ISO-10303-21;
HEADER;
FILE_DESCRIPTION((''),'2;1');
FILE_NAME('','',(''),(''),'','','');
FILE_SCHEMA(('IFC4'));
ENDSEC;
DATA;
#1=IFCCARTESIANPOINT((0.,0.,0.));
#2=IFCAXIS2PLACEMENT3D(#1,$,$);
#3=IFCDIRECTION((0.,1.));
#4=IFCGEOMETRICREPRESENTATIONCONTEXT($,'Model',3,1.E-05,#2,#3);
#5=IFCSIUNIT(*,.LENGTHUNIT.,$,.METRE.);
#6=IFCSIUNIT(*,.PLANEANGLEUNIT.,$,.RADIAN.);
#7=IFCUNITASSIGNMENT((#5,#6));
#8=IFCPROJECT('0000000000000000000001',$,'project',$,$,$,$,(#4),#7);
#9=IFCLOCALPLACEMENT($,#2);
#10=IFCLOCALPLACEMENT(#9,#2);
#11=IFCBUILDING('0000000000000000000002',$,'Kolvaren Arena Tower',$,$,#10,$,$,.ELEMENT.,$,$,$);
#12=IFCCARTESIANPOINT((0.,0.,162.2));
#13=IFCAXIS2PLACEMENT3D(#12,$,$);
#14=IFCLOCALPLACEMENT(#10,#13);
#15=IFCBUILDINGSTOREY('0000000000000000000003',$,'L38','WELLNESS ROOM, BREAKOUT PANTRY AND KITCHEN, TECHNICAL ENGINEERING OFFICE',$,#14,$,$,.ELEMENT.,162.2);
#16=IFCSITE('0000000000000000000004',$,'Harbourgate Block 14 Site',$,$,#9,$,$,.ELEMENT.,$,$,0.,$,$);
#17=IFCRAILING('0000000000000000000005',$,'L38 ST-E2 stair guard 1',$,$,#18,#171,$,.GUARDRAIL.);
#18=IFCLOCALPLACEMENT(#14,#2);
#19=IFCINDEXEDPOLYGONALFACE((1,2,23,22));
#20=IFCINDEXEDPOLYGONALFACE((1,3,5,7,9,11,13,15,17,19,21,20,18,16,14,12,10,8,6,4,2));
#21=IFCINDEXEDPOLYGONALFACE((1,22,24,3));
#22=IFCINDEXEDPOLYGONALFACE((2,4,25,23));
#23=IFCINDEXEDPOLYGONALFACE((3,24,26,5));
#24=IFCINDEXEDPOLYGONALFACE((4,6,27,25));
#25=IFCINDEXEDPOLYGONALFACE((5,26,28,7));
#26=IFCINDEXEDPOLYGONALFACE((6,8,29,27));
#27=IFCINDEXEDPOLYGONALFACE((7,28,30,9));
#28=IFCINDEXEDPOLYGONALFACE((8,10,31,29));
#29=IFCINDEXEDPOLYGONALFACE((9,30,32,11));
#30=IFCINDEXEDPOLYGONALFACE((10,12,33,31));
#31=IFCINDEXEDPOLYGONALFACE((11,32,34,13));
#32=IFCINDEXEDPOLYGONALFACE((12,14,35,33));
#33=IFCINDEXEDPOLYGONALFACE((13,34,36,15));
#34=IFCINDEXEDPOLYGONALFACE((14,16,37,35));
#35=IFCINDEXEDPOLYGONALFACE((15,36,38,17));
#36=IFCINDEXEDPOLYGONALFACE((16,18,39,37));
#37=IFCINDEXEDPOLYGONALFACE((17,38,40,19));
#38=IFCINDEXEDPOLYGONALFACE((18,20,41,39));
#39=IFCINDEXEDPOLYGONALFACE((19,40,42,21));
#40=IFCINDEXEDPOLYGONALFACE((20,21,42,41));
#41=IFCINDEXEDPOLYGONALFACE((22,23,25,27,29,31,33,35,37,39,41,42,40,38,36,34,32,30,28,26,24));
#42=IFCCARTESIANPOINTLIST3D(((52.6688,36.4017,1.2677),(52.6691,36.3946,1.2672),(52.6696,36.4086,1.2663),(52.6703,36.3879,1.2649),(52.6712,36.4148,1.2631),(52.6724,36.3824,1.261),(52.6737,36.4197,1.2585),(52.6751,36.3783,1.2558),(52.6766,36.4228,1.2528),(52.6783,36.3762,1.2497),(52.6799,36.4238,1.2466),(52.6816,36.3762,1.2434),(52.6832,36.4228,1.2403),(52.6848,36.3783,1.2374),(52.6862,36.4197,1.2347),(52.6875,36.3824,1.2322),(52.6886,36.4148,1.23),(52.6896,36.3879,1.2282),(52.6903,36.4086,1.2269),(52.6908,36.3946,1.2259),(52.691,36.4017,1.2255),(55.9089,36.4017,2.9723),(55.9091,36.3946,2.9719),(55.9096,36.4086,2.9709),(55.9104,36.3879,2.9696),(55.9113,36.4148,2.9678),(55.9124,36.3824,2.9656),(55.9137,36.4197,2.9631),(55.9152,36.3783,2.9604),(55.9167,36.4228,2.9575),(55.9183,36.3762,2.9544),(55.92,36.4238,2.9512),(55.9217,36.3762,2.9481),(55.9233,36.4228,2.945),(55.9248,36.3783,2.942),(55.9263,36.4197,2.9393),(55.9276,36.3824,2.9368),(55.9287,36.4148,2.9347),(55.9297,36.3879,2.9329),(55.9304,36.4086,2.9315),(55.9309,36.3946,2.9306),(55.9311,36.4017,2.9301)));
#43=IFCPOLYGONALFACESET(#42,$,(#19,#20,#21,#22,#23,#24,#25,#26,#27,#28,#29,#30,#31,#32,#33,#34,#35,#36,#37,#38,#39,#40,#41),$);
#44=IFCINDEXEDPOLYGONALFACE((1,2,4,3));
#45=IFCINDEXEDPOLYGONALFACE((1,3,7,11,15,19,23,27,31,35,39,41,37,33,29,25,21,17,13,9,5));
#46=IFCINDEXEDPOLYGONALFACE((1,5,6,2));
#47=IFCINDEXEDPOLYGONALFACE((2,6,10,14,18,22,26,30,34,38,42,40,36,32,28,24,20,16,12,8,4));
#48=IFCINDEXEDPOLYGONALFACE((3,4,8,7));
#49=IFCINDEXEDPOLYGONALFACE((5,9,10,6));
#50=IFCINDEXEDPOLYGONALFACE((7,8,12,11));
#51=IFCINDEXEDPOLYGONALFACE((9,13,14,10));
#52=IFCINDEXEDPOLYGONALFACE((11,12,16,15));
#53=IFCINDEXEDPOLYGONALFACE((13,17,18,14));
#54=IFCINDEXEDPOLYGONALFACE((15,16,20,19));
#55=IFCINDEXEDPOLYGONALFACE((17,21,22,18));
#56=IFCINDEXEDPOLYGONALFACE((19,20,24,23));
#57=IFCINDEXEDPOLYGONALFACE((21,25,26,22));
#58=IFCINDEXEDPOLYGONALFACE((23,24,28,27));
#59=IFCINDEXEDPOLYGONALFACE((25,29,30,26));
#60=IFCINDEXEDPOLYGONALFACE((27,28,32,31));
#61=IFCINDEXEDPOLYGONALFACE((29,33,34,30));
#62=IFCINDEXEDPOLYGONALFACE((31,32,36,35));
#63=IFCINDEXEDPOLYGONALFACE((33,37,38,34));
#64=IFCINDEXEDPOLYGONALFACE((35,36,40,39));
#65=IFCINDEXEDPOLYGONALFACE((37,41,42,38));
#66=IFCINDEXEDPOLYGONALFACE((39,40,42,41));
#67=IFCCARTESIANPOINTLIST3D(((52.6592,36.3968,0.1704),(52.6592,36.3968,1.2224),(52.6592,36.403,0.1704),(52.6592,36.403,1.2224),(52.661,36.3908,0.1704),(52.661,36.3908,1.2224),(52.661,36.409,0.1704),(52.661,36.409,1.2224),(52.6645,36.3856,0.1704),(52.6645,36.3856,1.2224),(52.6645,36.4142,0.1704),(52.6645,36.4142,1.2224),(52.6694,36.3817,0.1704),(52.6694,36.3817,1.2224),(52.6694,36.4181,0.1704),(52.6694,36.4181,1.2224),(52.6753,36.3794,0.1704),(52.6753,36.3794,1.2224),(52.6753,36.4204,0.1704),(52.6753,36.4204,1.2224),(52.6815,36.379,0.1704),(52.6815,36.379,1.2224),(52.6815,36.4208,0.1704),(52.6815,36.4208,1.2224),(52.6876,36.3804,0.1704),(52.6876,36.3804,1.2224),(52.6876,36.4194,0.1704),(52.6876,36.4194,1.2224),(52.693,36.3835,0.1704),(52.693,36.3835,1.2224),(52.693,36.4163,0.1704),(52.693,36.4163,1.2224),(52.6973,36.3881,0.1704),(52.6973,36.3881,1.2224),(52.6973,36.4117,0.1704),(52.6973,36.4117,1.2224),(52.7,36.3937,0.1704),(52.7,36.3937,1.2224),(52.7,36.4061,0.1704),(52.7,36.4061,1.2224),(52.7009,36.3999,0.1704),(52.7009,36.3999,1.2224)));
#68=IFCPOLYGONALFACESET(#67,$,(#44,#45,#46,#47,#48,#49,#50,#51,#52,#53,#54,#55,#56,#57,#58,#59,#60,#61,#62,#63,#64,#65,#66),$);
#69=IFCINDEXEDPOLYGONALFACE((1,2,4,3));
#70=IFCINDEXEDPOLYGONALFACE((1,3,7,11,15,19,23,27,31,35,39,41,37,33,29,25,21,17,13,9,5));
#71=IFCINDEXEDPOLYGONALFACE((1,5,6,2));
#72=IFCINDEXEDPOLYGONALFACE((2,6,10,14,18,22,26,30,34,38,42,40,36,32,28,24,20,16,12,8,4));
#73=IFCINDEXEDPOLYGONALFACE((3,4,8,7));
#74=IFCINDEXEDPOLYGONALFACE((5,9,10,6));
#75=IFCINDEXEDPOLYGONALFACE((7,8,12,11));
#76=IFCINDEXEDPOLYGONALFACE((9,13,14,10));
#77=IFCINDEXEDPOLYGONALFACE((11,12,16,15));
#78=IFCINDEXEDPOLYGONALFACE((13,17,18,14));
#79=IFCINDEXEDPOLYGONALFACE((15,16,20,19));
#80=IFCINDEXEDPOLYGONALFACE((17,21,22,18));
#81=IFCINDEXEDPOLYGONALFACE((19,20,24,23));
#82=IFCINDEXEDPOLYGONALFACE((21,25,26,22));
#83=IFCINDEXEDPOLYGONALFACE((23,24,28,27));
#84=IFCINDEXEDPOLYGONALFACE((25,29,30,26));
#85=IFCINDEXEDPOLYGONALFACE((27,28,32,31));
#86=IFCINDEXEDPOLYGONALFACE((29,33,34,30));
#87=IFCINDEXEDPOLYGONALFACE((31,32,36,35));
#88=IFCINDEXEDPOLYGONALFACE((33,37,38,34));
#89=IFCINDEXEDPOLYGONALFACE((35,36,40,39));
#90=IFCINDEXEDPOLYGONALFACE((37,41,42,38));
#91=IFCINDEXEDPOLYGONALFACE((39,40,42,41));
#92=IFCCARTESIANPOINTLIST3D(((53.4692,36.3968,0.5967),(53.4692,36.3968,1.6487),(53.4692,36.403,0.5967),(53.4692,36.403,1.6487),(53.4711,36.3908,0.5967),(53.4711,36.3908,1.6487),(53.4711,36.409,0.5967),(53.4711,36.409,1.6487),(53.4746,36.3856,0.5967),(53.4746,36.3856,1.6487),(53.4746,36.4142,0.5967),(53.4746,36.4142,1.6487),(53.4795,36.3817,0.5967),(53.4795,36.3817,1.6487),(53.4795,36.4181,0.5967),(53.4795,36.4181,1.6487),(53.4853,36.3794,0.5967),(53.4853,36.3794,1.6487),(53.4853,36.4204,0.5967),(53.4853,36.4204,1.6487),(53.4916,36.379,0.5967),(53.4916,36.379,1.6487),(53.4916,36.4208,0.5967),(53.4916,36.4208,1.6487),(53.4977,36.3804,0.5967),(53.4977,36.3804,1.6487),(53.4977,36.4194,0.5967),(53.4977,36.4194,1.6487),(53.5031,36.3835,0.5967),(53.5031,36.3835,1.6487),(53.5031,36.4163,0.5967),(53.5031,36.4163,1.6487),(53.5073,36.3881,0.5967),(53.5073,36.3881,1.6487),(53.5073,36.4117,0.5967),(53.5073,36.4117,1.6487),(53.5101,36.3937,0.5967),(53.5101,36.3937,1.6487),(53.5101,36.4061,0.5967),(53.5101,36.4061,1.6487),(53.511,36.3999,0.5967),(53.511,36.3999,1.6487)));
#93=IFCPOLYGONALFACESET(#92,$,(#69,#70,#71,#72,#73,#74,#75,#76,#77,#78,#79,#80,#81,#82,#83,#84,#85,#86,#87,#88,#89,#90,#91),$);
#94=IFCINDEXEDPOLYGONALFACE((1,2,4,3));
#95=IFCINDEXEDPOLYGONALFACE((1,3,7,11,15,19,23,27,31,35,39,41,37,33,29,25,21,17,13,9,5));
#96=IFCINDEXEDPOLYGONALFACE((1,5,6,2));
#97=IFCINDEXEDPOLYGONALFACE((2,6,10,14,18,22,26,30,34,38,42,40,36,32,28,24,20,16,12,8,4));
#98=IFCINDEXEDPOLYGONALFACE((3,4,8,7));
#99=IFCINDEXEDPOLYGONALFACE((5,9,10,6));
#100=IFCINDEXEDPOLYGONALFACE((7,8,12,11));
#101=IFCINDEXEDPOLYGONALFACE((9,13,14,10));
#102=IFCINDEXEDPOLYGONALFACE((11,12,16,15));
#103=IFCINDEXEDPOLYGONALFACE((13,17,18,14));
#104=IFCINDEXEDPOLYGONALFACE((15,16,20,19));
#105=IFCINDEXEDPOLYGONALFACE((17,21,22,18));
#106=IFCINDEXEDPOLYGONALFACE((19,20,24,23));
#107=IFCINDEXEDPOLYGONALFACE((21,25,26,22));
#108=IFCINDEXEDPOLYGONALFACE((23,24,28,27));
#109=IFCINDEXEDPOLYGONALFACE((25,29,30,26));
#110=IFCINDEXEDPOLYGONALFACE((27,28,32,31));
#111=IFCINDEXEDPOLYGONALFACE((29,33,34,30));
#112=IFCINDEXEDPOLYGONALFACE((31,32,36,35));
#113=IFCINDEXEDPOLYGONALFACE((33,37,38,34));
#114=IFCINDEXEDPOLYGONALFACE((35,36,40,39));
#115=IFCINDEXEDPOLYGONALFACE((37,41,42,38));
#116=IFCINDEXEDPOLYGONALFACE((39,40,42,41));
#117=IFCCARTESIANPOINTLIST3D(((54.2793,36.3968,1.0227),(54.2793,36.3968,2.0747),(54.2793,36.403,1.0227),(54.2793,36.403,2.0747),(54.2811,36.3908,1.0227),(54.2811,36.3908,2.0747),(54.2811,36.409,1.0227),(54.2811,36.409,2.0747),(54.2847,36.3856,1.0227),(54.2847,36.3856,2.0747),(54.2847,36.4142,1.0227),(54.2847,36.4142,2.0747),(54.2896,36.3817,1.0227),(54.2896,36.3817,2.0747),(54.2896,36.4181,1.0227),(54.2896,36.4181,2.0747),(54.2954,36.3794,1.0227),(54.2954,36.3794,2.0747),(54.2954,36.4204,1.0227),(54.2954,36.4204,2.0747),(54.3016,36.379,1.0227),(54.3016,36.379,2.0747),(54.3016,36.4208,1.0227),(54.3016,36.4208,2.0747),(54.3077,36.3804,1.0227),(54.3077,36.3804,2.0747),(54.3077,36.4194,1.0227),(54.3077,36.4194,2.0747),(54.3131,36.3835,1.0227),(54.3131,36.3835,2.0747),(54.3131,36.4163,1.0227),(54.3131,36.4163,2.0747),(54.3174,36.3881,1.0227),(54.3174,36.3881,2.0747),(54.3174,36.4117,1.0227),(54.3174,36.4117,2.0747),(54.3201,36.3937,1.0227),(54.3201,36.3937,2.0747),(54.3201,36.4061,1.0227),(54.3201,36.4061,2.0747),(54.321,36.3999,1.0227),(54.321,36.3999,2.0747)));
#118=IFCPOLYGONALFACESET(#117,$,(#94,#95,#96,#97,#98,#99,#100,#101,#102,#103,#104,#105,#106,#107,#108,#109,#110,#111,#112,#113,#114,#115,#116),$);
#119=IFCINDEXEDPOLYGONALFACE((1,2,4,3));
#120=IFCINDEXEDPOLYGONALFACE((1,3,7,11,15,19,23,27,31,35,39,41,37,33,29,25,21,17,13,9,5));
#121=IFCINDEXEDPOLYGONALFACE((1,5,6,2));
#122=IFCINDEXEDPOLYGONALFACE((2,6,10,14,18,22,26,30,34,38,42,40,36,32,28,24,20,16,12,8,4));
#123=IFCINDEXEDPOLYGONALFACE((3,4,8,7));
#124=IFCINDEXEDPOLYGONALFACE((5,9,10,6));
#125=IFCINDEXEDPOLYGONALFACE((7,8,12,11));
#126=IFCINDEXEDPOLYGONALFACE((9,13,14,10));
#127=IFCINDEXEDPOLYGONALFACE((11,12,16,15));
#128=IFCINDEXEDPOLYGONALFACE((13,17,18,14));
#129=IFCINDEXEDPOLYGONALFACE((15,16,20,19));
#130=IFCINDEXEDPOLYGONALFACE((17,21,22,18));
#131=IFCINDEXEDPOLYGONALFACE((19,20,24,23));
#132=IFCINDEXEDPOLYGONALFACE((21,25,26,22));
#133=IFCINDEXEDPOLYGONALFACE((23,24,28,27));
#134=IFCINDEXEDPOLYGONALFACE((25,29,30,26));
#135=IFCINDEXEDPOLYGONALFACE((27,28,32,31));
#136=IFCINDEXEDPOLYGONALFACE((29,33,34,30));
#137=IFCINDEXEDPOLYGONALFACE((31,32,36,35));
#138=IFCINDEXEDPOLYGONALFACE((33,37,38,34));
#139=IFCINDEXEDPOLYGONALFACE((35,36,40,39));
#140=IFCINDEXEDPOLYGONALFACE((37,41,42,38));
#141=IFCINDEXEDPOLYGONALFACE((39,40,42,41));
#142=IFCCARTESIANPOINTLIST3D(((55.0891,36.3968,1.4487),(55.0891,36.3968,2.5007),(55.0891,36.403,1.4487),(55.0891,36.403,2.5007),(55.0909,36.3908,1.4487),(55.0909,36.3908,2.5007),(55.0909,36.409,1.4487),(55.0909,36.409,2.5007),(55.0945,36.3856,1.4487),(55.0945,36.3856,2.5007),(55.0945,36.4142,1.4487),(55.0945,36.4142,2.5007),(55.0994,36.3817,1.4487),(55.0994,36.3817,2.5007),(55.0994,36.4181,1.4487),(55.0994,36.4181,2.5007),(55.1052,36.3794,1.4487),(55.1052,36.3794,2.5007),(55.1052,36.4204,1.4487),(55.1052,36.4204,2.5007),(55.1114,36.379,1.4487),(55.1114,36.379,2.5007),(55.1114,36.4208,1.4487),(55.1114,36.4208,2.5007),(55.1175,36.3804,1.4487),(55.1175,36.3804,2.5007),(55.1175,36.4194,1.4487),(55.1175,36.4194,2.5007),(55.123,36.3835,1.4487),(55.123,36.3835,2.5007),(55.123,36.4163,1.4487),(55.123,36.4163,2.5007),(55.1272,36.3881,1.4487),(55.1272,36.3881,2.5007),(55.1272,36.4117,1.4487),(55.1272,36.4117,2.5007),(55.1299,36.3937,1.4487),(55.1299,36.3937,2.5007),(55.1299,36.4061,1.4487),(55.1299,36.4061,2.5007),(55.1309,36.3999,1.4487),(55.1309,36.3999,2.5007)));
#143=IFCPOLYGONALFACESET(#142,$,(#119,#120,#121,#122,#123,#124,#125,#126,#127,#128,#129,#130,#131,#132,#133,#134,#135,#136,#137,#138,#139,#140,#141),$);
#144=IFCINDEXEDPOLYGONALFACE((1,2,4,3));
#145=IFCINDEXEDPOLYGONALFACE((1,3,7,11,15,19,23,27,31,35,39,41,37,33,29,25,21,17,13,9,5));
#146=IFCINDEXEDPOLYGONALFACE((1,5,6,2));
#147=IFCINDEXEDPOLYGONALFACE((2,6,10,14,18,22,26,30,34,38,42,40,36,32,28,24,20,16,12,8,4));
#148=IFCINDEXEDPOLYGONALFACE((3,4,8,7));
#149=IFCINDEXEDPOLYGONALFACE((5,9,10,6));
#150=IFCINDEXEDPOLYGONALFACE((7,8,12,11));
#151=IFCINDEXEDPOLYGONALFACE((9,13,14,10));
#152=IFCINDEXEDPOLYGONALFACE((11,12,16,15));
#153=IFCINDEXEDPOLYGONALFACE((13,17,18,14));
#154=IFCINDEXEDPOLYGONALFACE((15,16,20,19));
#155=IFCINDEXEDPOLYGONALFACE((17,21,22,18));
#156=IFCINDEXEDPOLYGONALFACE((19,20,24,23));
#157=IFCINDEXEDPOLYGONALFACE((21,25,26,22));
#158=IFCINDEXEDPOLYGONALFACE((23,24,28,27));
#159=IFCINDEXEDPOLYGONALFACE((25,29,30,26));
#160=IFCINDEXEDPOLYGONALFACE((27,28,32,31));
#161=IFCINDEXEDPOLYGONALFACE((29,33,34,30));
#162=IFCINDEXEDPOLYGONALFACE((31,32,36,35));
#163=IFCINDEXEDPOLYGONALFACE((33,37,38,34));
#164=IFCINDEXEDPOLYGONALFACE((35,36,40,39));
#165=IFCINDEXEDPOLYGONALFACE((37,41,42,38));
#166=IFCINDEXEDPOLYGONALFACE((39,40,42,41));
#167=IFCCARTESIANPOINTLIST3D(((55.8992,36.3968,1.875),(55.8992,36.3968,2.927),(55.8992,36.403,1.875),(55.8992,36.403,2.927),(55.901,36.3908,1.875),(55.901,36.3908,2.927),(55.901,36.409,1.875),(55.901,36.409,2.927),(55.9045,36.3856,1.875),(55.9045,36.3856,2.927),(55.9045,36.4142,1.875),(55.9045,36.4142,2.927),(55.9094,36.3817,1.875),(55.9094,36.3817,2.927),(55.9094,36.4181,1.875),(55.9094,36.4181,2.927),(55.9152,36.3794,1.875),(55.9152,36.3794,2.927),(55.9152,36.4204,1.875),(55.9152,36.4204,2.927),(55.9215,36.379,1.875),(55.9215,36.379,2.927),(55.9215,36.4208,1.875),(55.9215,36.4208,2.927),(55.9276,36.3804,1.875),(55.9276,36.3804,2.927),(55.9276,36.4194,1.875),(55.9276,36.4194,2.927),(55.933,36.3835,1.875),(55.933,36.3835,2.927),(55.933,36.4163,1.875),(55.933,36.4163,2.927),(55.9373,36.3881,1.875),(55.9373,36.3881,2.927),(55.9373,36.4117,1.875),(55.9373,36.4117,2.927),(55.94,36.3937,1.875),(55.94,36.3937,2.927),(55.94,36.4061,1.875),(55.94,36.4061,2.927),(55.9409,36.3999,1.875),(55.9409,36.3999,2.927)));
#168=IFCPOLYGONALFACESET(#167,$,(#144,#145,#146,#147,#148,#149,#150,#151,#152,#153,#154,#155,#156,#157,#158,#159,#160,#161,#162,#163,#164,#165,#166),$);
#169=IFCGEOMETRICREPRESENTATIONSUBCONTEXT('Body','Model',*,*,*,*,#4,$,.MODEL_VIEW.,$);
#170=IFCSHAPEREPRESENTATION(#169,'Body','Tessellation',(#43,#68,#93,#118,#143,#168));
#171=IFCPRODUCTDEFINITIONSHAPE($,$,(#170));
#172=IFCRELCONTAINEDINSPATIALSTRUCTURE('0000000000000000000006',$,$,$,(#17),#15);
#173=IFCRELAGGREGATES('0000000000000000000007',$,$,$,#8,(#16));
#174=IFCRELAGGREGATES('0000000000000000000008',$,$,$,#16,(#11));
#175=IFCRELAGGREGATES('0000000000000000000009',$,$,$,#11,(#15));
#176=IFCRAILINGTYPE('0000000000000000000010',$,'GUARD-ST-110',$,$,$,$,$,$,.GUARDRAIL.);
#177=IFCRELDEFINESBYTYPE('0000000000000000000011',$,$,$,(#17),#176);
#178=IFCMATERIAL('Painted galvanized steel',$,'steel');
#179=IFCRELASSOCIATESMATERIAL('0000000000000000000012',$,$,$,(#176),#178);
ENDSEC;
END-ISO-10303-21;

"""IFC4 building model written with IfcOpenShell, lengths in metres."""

from ifc_helpers import new_model, si_unit, direction, frame, origin, origin_2d, place, context, subcontext, project, spatial, circle, extrude, material, type_object, element, save


model = new_model("IFC4")

# Units and contexts
model_context = context("Model", 3, precision=1e-05, world=origin(), true_north=direction((0.0, 1.0)))
body_context = subcontext(model_context, "Body", "Model", "MODEL_VIEW")
ifc_project = project(units=[si_unit("LENGTHUNIT", "METRE"), si_unit("PLANEANGLEUNIT", "RADIAN")], contexts=[model_context])

# Site, building, storey
site_placement = place(None, origin())
site = spatial("IfcSite", under=ifc_project, at=site_placement, Name="Harbourgate Block 14 Site", CompositionType="ELEMENT", RefElevation=0.0)
building_placement = place(site_placement, origin())
building = spatial("IfcBuilding", under=site, at=building_placement, Name="Kolvaren Arena Tower", CompositionType="ELEMENT")
storey_placement = place(building_placement, frame((0.0, 0.0, 162.2)))
storey = spatial("IfcBuildingStorey", under=building, at=storey_placement, Name="L38", Description="WELLNESS ROOM, BREAKOUT PANTRY AND KITCHEN, TECHNICAL ENGINEERING OFFICE", CompositionType="ELEMENT", Elevation=162.2)

# Railing
ifc_material_1 = material(Name="Painted galvanized steel", Category="steel")
railing_type_1 = type_object("IfcRailingType", Name="GUARD-ST-110", PredefinedType="GUARDRAIL", material=ifc_material_1)
railing_1_placement = place(storey_placement, frame((52.6799, 36.3999, 0.1704)))
element("IfcRailing", 1, at=railing_1_placement, inside=storey, type_object=railing_type_1, Name="L38 ST-E2 stair guard 1", PredefinedType="GUARDRAIL", context=body_context, shape_type="SweptSolid", body=[
    extrude(circle(Radius=0.0239, at=origin_2d()), frame((0.0, 0.0, 1.0762), z_axis=(0.884993, 0.0, 0.465604), x_axis=(0.0, 1.0, 0.0)), (0.0, 0.0, 1.0), 3.6611),
    extrude(circle(Radius=0.021, at=origin_2d()), origin(), (0.0, 0.0, 1.0), 1.052),
    extrude(circle(Radius=0.021, at=origin_2d()), frame((0.8101, 0.0, 0.4263)), (0.0, 0.0, 1.0), 1.052),
    extrude(circle(Radius=0.021, at=origin_2d()), frame((1.6201, 0.0, 0.8523)), (0.0, 0.0, 1.0), 1.052),
    extrude(circle(Radius=0.021, at=origin_2d()), frame((2.4299, 0.0, 1.2783)), (0.0, 0.0, 1.0), 1.052),
    extrude(circle(Radius=0.021, at=origin_2d()), frame((3.24, 0.0, 1.7046)), (0.0, 0.0, 1.0), 1.052),
])

save(model, "model.ifc")
